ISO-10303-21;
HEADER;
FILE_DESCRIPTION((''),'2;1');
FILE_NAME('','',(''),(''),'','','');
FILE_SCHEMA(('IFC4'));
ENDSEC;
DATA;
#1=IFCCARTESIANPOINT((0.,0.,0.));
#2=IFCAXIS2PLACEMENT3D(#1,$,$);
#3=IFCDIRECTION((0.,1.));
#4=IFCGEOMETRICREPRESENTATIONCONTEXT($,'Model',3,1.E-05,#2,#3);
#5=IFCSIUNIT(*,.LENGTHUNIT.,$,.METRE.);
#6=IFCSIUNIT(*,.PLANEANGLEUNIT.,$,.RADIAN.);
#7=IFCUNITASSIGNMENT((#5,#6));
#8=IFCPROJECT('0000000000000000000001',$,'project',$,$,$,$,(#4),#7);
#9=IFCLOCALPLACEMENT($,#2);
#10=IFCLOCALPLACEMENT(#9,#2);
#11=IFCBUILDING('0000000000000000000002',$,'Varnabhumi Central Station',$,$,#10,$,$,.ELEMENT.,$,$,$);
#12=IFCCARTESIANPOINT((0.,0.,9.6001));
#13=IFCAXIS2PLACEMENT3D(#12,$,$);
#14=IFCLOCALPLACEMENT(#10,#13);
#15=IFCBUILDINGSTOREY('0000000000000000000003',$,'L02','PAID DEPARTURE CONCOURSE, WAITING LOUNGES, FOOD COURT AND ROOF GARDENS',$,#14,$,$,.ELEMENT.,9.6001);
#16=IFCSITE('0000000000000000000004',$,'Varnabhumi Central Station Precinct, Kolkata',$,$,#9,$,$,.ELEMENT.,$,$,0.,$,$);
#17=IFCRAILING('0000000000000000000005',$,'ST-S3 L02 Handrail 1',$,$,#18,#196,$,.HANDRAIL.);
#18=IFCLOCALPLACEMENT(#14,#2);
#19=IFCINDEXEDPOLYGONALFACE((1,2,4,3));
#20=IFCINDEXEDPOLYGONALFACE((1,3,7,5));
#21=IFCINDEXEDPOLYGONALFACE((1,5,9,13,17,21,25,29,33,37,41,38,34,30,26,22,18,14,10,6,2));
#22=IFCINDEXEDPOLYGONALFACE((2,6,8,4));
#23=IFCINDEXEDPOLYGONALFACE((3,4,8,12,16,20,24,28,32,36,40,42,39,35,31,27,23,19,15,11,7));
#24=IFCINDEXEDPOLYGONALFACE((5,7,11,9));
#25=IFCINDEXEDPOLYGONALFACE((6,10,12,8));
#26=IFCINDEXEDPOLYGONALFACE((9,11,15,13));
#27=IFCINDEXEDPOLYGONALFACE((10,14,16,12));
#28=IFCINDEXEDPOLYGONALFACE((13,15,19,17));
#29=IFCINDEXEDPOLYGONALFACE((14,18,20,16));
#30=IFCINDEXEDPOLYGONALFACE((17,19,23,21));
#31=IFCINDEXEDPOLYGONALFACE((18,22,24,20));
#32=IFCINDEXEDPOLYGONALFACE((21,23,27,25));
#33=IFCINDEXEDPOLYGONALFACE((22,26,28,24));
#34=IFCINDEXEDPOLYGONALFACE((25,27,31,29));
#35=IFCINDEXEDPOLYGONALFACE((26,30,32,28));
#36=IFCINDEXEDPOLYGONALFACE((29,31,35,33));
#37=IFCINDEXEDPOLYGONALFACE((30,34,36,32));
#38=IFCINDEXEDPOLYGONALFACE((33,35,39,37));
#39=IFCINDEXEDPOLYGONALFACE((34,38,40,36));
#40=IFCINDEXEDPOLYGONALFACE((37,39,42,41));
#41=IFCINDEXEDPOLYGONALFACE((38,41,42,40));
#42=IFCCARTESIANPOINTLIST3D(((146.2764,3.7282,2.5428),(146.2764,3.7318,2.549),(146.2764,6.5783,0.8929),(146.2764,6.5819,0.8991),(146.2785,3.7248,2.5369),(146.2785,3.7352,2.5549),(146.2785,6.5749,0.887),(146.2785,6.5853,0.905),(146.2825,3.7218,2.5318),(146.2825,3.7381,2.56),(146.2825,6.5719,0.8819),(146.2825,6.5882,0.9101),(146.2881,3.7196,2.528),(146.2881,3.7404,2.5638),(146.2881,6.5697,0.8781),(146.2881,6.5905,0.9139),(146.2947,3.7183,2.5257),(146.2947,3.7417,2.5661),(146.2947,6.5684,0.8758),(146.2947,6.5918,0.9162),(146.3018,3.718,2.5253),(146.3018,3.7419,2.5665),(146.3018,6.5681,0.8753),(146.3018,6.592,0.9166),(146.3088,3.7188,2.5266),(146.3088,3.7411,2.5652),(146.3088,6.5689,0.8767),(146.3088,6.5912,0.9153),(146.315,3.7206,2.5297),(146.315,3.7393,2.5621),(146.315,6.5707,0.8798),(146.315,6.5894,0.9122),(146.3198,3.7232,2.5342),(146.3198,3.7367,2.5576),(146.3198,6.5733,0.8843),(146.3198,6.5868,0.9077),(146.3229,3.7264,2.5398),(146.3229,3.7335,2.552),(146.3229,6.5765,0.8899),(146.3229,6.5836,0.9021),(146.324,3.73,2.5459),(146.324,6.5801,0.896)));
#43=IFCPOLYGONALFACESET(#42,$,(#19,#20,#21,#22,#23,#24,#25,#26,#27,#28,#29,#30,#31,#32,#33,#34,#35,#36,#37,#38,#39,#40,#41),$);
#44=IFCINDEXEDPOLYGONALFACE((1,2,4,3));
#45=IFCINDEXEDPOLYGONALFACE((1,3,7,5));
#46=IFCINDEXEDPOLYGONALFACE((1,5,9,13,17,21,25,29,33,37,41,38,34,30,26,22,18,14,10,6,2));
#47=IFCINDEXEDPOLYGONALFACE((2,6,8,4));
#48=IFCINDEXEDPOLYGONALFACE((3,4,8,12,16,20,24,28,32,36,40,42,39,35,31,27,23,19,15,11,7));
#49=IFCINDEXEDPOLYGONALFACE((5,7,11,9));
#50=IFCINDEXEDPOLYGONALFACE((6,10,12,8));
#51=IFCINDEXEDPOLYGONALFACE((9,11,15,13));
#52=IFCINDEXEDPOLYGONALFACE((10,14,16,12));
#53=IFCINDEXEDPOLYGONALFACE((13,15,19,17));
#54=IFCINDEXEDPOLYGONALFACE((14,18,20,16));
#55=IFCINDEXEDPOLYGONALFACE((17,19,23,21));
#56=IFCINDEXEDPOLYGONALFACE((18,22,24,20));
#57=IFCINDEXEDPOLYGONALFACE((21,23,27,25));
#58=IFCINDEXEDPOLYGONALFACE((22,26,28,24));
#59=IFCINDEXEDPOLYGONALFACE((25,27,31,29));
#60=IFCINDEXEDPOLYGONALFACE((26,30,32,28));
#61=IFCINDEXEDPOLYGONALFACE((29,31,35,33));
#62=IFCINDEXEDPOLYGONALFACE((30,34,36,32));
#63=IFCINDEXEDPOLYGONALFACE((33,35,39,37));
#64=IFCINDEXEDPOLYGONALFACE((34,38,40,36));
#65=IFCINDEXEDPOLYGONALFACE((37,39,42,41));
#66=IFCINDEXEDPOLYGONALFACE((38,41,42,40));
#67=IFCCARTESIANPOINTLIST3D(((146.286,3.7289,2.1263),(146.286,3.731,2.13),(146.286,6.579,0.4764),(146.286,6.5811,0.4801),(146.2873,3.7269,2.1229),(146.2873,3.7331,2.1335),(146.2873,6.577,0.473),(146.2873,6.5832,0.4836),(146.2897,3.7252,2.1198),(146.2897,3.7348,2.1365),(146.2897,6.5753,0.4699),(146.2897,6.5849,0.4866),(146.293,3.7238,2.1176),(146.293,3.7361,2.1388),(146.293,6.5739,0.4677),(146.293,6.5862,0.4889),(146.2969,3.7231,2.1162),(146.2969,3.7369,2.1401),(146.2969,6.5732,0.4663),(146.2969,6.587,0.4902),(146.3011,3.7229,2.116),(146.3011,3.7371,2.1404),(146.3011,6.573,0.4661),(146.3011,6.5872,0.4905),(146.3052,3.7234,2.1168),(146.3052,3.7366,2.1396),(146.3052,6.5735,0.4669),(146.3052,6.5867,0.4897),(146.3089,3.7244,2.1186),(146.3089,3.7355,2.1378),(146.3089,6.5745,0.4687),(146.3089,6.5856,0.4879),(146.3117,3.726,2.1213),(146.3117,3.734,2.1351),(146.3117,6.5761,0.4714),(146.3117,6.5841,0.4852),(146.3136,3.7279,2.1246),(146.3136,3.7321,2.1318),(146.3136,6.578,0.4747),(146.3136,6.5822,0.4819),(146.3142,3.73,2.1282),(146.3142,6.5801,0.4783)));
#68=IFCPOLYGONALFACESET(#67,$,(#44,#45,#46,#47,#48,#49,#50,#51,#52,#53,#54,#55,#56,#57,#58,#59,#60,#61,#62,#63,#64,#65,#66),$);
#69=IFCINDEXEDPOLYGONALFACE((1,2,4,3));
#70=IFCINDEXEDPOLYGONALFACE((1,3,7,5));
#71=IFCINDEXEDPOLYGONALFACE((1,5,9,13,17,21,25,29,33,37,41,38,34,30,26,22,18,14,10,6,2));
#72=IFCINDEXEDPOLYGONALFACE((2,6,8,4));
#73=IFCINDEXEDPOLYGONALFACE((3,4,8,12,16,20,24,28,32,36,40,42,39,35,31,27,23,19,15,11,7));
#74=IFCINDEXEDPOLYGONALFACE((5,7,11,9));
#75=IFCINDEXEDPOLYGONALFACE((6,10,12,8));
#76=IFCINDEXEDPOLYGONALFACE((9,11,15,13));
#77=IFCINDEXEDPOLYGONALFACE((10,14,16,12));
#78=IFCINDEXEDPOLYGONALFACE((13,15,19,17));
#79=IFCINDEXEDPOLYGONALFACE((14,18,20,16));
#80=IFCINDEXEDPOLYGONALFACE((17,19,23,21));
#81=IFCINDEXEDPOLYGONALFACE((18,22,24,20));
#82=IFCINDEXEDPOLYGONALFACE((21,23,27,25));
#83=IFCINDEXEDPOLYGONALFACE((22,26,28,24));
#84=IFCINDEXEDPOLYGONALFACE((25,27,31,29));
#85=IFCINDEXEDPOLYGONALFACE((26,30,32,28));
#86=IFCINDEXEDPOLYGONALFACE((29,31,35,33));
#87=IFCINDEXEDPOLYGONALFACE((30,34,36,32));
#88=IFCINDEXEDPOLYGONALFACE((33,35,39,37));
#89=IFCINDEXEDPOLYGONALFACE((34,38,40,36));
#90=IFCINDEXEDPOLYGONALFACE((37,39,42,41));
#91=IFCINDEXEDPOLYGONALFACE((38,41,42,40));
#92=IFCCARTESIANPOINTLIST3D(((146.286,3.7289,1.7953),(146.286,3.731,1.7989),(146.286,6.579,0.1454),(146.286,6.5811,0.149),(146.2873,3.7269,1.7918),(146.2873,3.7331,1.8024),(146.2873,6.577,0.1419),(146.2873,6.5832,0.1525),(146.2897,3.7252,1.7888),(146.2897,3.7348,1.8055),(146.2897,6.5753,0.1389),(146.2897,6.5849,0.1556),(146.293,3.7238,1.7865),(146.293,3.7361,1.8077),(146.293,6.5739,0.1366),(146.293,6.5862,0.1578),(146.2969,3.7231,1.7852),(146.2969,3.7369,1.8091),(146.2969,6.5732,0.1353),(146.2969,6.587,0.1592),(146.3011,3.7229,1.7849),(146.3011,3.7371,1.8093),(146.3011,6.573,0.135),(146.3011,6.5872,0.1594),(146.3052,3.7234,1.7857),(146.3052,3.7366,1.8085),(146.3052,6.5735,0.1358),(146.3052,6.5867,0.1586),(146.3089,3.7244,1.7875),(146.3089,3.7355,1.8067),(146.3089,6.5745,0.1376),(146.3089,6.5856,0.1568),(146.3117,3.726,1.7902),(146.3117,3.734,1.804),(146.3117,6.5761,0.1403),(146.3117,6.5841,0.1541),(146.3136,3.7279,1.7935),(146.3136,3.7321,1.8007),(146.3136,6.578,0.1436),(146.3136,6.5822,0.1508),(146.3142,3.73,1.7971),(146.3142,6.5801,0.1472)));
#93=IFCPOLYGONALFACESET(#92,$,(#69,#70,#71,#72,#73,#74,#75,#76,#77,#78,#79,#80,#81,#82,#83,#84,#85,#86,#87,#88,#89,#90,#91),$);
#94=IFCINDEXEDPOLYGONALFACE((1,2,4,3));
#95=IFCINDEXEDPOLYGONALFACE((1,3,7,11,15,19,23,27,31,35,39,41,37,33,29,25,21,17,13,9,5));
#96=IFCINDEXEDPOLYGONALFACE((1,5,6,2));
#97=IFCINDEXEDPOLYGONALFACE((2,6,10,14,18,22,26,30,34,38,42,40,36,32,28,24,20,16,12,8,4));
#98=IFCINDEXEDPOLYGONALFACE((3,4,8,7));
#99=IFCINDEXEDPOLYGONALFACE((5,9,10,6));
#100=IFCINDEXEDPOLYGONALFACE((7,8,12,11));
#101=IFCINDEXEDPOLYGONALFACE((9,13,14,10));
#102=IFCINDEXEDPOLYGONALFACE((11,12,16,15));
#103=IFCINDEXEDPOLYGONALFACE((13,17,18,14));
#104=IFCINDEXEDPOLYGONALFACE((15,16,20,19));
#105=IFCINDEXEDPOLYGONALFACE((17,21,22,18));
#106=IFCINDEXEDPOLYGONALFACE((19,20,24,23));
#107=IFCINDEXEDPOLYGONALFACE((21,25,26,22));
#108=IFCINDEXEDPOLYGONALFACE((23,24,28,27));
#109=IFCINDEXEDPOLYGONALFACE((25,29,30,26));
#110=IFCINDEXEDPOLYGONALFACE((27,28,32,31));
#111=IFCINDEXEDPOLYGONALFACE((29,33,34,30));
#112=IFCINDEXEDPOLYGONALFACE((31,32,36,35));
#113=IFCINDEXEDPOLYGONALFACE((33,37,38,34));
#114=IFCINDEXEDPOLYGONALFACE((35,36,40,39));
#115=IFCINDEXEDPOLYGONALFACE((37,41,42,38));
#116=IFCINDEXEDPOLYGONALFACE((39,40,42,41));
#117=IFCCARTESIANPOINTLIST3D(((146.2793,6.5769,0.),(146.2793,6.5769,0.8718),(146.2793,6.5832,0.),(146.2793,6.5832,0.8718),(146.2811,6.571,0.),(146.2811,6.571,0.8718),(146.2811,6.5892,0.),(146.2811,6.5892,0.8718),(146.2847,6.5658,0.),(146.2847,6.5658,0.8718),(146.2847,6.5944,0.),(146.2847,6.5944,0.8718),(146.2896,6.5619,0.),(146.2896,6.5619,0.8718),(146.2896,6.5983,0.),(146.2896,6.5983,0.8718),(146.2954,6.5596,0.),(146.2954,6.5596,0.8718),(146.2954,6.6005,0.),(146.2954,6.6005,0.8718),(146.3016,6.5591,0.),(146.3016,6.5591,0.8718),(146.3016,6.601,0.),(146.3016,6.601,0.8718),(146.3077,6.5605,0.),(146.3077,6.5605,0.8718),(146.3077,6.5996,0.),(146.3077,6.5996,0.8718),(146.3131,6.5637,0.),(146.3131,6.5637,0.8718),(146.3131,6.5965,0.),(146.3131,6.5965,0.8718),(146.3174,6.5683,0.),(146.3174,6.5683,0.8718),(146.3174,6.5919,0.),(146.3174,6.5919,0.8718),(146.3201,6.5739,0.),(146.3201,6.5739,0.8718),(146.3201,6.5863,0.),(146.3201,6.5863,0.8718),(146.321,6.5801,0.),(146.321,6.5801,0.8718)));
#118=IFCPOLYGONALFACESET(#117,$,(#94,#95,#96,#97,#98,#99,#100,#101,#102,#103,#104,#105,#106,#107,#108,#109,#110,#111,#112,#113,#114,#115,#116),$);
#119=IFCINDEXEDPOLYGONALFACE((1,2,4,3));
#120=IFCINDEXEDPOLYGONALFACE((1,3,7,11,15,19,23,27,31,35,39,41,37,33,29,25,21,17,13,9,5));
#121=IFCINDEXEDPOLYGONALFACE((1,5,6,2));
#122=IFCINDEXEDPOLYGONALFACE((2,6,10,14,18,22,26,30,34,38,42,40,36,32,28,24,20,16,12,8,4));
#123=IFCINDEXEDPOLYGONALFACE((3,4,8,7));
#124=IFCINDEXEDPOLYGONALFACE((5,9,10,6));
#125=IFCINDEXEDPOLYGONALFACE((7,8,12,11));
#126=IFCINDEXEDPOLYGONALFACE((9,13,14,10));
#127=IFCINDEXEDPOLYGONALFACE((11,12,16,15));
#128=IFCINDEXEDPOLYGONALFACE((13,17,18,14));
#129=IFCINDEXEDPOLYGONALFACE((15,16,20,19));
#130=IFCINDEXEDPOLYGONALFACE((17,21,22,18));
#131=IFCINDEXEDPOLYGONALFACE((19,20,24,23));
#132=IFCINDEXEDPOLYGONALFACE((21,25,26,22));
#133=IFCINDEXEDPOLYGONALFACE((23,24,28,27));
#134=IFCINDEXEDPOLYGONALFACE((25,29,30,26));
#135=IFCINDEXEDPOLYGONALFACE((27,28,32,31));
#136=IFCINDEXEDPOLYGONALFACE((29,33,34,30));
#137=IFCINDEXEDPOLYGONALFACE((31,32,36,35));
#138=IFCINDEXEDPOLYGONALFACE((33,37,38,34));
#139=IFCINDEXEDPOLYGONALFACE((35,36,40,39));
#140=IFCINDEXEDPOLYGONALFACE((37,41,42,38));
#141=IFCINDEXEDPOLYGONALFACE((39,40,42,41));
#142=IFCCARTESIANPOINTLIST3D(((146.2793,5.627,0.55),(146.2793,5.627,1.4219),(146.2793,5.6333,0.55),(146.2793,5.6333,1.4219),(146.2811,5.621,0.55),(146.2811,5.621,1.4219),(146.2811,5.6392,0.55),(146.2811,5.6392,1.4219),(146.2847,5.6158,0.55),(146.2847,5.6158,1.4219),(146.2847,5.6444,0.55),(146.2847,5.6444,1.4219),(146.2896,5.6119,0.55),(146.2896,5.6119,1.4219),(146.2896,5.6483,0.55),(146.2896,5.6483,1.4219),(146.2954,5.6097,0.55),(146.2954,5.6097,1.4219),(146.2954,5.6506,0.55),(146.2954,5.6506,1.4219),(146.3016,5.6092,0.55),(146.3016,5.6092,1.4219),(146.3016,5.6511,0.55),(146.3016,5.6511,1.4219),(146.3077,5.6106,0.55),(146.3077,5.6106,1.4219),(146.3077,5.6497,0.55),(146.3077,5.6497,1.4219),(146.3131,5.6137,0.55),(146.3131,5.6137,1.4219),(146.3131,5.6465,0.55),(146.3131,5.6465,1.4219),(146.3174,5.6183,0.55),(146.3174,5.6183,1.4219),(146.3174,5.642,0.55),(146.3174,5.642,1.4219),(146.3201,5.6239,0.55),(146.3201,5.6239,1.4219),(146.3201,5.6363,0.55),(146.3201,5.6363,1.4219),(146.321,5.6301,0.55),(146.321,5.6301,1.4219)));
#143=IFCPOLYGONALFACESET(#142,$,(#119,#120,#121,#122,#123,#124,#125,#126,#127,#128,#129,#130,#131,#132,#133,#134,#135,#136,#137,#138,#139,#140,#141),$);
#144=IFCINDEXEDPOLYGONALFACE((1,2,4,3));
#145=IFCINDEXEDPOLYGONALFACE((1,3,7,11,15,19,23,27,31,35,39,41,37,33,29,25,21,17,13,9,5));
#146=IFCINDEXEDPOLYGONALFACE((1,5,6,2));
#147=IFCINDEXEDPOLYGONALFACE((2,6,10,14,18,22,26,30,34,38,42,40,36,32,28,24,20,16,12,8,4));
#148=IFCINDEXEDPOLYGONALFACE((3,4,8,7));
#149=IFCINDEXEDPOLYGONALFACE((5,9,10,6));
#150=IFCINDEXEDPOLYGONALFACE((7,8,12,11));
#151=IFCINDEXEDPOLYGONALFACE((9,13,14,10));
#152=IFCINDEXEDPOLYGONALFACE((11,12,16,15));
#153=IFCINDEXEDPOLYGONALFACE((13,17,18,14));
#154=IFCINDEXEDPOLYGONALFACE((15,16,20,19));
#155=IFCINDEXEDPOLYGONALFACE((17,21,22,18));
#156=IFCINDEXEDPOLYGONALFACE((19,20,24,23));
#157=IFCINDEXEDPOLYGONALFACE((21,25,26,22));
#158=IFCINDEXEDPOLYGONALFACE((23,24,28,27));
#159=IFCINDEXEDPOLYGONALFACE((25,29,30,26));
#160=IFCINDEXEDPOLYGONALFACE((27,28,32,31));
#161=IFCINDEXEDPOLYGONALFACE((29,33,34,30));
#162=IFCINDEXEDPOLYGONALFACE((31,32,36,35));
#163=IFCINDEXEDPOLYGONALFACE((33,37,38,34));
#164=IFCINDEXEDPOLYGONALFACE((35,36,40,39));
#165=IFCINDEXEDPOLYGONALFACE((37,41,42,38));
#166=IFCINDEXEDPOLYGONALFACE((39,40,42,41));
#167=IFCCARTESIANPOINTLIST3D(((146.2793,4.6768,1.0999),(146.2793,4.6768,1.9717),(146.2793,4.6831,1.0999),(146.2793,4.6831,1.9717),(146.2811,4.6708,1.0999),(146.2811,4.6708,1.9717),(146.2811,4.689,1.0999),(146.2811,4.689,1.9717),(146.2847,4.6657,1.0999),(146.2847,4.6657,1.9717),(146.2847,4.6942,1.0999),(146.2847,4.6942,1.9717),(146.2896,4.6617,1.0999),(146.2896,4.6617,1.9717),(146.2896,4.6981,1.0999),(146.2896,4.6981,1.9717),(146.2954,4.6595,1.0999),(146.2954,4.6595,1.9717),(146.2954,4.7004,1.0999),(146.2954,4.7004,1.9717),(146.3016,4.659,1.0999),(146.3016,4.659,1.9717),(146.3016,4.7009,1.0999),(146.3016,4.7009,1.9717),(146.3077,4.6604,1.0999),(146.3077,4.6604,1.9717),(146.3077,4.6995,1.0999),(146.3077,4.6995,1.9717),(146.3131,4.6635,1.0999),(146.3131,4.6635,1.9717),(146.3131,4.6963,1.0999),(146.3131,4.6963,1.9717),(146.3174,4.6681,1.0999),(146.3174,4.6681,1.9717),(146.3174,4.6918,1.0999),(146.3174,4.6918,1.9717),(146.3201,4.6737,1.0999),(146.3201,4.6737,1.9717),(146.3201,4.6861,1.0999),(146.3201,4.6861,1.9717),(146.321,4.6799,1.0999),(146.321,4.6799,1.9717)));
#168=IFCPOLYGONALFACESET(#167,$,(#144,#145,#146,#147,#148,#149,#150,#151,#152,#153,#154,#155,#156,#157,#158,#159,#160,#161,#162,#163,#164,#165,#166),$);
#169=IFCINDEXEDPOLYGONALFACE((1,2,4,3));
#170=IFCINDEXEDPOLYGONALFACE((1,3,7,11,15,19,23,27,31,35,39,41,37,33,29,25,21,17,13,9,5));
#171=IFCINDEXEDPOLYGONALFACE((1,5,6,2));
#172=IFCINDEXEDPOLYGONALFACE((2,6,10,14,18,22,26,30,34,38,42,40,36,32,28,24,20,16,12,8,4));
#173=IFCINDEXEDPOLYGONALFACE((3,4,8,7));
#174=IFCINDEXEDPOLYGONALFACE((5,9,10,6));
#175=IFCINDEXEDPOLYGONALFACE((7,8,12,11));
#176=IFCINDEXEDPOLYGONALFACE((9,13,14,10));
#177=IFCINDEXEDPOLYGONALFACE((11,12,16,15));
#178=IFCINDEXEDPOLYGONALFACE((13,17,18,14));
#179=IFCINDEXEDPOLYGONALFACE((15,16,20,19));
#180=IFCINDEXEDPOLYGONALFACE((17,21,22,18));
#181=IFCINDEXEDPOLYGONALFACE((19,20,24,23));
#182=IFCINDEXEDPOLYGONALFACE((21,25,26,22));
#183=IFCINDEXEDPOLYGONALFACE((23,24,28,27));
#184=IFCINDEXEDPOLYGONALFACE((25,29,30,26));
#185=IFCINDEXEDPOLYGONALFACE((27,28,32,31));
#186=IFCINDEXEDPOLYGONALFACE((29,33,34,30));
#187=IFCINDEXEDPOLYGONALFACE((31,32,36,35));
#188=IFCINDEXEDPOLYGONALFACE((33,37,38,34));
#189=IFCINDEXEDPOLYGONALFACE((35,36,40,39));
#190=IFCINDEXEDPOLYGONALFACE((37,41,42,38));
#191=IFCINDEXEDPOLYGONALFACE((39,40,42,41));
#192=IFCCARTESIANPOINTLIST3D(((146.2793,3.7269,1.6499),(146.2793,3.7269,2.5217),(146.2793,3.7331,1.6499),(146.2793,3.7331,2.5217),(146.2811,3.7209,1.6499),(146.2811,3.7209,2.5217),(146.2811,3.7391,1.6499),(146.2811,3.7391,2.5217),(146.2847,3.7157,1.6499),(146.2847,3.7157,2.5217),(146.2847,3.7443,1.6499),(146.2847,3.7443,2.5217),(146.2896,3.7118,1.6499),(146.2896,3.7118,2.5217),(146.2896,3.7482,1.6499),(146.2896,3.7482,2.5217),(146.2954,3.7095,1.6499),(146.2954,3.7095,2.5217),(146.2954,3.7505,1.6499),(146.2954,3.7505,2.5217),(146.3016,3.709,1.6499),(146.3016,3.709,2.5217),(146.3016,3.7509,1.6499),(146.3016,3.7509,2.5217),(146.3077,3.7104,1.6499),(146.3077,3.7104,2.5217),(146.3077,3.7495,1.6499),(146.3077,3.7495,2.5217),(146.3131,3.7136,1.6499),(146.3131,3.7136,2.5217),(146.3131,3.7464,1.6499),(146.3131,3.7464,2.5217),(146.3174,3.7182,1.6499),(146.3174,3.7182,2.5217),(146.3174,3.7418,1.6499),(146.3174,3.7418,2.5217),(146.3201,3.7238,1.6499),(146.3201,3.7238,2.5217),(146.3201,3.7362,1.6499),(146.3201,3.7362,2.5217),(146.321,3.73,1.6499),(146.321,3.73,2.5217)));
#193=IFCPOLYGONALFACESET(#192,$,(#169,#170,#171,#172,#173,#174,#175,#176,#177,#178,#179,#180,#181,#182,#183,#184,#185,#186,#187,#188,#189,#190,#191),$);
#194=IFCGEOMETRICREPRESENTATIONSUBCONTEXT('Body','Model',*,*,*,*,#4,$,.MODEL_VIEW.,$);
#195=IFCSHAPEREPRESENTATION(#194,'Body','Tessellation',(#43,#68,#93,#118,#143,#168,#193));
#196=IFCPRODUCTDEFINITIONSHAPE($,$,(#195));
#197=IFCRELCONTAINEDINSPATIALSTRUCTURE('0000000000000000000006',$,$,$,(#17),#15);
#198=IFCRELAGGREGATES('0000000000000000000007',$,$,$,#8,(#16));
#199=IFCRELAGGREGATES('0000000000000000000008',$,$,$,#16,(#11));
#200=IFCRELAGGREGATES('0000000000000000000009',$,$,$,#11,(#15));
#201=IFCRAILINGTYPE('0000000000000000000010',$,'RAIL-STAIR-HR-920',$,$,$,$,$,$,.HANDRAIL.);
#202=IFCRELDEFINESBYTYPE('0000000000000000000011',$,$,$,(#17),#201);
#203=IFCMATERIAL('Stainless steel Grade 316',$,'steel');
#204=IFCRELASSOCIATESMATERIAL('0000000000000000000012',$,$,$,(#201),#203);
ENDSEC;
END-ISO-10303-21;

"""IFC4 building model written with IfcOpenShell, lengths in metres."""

from ifc_helpers import new_model, si_unit, direction, frame, origin, origin_2d, place, context, subcontext, project, spatial, circle, extrude, material, type_object, element, save


model = new_model("IFC4")

# Units and contexts
model_context = context("Model", 3, precision=1e-05, world=origin(), true_north=direction((0.0, 1.0)))
body_context = subcontext(model_context, "Body", "Model", "MODEL_VIEW")
ifc_project = project(units=[si_unit("LENGTHUNIT", "METRE"), si_unit("PLANEANGLEUNIT", "RADIAN")], contexts=[model_context])

# Site, building, storey
site_placement = place(None, origin())
site = spatial("IfcSite", under=ifc_project, at=site_placement, Name="Varnabhumi Central Station Precinct, Kolkata", CompositionType="ELEMENT", RefElevation=0.0)
building_placement = place(site_placement, origin())
building = spatial("IfcBuilding", under=site, at=building_placement, Name="Varnabhumi Central Station", CompositionType="ELEMENT")
storey_placement = place(building_placement, frame((0.0, 0.0, 9.6001)))
storey = spatial("IfcBuildingStorey", under=building, at=storey_placement, Name="L02", Description="PAID DEPARTURE CONCOURSE, WAITING LOUNGES, FOOD COURT AND ROOF GARDENS", CompositionType="ELEMENT", Elevation=9.6001)

# Railing
ifc_material_1 = material(Name="Stainless steel Grade 316", Category="steel")
railing_type_1 = type_object("IfcRailingType", Name="RAIL-STAIR-HR-920", PredefinedType="HANDRAIL", material=ifc_material_1)
railing_1_placement = place(storey_placement, frame((146.3, 6.5801, 0.0)))
element("IfcRailing", 1, at=railing_1_placement, inside=storey, type_object=railing_type_1, Name="ST-S3 L02 Handrail 1", PredefinedType="HANDRAIL", context=body_context, shape_type="SweptSolid", body=[
    extrude(circle(Radius=0.0239, at=origin_2d()), frame((0.0, 0.0, 0.896), z_axis=(0.0, -0.865447, 0.501001), x_axis=(1.0, 0.0, 0.0)), (0.0, 0.0, 1.0), 3.2932),
    extrude(circle(Radius=0.0142, at=origin_2d()), frame((0.0, 0.0, 0.4783), z_axis=(0.0, -0.865447, 0.501001), x_axis=(1.0, 0.0, 0.0)), (0.0, 0.0, 1.0), 3.2932),
    extrude(circle(Radius=0.0142, at=origin_2d()), frame((0.0, 0.0, 0.1472), z_axis=(0.0, -0.865447, 0.501001), x_axis=(1.0, 0.0, 0.0)), (0.0, 0.0, 1.0), 3.2932),
    extrude(circle(Radius=0.021, at=origin_2d()), origin(), (0.0, 0.0, 1.0), 0.8718),
    extrude(circle(Radius=0.021, at=origin_2d()), frame((0.0, -0.95, 0.55)), (0.0, 0.0, 1.0), 0.8718),
    extrude(circle(Radius=0.021, at=origin_2d()), frame((0.0, -1.9001, 1.0999)), (0.0, 0.0, 1.0), 0.8718),
    extrude(circle(Radius=0.021, at=origin_2d()), frame((0.0, -2.8501, 1.6499)), (0.0, 0.0, 1.0), 0.8718),
])

save(model, "model.ifc")
